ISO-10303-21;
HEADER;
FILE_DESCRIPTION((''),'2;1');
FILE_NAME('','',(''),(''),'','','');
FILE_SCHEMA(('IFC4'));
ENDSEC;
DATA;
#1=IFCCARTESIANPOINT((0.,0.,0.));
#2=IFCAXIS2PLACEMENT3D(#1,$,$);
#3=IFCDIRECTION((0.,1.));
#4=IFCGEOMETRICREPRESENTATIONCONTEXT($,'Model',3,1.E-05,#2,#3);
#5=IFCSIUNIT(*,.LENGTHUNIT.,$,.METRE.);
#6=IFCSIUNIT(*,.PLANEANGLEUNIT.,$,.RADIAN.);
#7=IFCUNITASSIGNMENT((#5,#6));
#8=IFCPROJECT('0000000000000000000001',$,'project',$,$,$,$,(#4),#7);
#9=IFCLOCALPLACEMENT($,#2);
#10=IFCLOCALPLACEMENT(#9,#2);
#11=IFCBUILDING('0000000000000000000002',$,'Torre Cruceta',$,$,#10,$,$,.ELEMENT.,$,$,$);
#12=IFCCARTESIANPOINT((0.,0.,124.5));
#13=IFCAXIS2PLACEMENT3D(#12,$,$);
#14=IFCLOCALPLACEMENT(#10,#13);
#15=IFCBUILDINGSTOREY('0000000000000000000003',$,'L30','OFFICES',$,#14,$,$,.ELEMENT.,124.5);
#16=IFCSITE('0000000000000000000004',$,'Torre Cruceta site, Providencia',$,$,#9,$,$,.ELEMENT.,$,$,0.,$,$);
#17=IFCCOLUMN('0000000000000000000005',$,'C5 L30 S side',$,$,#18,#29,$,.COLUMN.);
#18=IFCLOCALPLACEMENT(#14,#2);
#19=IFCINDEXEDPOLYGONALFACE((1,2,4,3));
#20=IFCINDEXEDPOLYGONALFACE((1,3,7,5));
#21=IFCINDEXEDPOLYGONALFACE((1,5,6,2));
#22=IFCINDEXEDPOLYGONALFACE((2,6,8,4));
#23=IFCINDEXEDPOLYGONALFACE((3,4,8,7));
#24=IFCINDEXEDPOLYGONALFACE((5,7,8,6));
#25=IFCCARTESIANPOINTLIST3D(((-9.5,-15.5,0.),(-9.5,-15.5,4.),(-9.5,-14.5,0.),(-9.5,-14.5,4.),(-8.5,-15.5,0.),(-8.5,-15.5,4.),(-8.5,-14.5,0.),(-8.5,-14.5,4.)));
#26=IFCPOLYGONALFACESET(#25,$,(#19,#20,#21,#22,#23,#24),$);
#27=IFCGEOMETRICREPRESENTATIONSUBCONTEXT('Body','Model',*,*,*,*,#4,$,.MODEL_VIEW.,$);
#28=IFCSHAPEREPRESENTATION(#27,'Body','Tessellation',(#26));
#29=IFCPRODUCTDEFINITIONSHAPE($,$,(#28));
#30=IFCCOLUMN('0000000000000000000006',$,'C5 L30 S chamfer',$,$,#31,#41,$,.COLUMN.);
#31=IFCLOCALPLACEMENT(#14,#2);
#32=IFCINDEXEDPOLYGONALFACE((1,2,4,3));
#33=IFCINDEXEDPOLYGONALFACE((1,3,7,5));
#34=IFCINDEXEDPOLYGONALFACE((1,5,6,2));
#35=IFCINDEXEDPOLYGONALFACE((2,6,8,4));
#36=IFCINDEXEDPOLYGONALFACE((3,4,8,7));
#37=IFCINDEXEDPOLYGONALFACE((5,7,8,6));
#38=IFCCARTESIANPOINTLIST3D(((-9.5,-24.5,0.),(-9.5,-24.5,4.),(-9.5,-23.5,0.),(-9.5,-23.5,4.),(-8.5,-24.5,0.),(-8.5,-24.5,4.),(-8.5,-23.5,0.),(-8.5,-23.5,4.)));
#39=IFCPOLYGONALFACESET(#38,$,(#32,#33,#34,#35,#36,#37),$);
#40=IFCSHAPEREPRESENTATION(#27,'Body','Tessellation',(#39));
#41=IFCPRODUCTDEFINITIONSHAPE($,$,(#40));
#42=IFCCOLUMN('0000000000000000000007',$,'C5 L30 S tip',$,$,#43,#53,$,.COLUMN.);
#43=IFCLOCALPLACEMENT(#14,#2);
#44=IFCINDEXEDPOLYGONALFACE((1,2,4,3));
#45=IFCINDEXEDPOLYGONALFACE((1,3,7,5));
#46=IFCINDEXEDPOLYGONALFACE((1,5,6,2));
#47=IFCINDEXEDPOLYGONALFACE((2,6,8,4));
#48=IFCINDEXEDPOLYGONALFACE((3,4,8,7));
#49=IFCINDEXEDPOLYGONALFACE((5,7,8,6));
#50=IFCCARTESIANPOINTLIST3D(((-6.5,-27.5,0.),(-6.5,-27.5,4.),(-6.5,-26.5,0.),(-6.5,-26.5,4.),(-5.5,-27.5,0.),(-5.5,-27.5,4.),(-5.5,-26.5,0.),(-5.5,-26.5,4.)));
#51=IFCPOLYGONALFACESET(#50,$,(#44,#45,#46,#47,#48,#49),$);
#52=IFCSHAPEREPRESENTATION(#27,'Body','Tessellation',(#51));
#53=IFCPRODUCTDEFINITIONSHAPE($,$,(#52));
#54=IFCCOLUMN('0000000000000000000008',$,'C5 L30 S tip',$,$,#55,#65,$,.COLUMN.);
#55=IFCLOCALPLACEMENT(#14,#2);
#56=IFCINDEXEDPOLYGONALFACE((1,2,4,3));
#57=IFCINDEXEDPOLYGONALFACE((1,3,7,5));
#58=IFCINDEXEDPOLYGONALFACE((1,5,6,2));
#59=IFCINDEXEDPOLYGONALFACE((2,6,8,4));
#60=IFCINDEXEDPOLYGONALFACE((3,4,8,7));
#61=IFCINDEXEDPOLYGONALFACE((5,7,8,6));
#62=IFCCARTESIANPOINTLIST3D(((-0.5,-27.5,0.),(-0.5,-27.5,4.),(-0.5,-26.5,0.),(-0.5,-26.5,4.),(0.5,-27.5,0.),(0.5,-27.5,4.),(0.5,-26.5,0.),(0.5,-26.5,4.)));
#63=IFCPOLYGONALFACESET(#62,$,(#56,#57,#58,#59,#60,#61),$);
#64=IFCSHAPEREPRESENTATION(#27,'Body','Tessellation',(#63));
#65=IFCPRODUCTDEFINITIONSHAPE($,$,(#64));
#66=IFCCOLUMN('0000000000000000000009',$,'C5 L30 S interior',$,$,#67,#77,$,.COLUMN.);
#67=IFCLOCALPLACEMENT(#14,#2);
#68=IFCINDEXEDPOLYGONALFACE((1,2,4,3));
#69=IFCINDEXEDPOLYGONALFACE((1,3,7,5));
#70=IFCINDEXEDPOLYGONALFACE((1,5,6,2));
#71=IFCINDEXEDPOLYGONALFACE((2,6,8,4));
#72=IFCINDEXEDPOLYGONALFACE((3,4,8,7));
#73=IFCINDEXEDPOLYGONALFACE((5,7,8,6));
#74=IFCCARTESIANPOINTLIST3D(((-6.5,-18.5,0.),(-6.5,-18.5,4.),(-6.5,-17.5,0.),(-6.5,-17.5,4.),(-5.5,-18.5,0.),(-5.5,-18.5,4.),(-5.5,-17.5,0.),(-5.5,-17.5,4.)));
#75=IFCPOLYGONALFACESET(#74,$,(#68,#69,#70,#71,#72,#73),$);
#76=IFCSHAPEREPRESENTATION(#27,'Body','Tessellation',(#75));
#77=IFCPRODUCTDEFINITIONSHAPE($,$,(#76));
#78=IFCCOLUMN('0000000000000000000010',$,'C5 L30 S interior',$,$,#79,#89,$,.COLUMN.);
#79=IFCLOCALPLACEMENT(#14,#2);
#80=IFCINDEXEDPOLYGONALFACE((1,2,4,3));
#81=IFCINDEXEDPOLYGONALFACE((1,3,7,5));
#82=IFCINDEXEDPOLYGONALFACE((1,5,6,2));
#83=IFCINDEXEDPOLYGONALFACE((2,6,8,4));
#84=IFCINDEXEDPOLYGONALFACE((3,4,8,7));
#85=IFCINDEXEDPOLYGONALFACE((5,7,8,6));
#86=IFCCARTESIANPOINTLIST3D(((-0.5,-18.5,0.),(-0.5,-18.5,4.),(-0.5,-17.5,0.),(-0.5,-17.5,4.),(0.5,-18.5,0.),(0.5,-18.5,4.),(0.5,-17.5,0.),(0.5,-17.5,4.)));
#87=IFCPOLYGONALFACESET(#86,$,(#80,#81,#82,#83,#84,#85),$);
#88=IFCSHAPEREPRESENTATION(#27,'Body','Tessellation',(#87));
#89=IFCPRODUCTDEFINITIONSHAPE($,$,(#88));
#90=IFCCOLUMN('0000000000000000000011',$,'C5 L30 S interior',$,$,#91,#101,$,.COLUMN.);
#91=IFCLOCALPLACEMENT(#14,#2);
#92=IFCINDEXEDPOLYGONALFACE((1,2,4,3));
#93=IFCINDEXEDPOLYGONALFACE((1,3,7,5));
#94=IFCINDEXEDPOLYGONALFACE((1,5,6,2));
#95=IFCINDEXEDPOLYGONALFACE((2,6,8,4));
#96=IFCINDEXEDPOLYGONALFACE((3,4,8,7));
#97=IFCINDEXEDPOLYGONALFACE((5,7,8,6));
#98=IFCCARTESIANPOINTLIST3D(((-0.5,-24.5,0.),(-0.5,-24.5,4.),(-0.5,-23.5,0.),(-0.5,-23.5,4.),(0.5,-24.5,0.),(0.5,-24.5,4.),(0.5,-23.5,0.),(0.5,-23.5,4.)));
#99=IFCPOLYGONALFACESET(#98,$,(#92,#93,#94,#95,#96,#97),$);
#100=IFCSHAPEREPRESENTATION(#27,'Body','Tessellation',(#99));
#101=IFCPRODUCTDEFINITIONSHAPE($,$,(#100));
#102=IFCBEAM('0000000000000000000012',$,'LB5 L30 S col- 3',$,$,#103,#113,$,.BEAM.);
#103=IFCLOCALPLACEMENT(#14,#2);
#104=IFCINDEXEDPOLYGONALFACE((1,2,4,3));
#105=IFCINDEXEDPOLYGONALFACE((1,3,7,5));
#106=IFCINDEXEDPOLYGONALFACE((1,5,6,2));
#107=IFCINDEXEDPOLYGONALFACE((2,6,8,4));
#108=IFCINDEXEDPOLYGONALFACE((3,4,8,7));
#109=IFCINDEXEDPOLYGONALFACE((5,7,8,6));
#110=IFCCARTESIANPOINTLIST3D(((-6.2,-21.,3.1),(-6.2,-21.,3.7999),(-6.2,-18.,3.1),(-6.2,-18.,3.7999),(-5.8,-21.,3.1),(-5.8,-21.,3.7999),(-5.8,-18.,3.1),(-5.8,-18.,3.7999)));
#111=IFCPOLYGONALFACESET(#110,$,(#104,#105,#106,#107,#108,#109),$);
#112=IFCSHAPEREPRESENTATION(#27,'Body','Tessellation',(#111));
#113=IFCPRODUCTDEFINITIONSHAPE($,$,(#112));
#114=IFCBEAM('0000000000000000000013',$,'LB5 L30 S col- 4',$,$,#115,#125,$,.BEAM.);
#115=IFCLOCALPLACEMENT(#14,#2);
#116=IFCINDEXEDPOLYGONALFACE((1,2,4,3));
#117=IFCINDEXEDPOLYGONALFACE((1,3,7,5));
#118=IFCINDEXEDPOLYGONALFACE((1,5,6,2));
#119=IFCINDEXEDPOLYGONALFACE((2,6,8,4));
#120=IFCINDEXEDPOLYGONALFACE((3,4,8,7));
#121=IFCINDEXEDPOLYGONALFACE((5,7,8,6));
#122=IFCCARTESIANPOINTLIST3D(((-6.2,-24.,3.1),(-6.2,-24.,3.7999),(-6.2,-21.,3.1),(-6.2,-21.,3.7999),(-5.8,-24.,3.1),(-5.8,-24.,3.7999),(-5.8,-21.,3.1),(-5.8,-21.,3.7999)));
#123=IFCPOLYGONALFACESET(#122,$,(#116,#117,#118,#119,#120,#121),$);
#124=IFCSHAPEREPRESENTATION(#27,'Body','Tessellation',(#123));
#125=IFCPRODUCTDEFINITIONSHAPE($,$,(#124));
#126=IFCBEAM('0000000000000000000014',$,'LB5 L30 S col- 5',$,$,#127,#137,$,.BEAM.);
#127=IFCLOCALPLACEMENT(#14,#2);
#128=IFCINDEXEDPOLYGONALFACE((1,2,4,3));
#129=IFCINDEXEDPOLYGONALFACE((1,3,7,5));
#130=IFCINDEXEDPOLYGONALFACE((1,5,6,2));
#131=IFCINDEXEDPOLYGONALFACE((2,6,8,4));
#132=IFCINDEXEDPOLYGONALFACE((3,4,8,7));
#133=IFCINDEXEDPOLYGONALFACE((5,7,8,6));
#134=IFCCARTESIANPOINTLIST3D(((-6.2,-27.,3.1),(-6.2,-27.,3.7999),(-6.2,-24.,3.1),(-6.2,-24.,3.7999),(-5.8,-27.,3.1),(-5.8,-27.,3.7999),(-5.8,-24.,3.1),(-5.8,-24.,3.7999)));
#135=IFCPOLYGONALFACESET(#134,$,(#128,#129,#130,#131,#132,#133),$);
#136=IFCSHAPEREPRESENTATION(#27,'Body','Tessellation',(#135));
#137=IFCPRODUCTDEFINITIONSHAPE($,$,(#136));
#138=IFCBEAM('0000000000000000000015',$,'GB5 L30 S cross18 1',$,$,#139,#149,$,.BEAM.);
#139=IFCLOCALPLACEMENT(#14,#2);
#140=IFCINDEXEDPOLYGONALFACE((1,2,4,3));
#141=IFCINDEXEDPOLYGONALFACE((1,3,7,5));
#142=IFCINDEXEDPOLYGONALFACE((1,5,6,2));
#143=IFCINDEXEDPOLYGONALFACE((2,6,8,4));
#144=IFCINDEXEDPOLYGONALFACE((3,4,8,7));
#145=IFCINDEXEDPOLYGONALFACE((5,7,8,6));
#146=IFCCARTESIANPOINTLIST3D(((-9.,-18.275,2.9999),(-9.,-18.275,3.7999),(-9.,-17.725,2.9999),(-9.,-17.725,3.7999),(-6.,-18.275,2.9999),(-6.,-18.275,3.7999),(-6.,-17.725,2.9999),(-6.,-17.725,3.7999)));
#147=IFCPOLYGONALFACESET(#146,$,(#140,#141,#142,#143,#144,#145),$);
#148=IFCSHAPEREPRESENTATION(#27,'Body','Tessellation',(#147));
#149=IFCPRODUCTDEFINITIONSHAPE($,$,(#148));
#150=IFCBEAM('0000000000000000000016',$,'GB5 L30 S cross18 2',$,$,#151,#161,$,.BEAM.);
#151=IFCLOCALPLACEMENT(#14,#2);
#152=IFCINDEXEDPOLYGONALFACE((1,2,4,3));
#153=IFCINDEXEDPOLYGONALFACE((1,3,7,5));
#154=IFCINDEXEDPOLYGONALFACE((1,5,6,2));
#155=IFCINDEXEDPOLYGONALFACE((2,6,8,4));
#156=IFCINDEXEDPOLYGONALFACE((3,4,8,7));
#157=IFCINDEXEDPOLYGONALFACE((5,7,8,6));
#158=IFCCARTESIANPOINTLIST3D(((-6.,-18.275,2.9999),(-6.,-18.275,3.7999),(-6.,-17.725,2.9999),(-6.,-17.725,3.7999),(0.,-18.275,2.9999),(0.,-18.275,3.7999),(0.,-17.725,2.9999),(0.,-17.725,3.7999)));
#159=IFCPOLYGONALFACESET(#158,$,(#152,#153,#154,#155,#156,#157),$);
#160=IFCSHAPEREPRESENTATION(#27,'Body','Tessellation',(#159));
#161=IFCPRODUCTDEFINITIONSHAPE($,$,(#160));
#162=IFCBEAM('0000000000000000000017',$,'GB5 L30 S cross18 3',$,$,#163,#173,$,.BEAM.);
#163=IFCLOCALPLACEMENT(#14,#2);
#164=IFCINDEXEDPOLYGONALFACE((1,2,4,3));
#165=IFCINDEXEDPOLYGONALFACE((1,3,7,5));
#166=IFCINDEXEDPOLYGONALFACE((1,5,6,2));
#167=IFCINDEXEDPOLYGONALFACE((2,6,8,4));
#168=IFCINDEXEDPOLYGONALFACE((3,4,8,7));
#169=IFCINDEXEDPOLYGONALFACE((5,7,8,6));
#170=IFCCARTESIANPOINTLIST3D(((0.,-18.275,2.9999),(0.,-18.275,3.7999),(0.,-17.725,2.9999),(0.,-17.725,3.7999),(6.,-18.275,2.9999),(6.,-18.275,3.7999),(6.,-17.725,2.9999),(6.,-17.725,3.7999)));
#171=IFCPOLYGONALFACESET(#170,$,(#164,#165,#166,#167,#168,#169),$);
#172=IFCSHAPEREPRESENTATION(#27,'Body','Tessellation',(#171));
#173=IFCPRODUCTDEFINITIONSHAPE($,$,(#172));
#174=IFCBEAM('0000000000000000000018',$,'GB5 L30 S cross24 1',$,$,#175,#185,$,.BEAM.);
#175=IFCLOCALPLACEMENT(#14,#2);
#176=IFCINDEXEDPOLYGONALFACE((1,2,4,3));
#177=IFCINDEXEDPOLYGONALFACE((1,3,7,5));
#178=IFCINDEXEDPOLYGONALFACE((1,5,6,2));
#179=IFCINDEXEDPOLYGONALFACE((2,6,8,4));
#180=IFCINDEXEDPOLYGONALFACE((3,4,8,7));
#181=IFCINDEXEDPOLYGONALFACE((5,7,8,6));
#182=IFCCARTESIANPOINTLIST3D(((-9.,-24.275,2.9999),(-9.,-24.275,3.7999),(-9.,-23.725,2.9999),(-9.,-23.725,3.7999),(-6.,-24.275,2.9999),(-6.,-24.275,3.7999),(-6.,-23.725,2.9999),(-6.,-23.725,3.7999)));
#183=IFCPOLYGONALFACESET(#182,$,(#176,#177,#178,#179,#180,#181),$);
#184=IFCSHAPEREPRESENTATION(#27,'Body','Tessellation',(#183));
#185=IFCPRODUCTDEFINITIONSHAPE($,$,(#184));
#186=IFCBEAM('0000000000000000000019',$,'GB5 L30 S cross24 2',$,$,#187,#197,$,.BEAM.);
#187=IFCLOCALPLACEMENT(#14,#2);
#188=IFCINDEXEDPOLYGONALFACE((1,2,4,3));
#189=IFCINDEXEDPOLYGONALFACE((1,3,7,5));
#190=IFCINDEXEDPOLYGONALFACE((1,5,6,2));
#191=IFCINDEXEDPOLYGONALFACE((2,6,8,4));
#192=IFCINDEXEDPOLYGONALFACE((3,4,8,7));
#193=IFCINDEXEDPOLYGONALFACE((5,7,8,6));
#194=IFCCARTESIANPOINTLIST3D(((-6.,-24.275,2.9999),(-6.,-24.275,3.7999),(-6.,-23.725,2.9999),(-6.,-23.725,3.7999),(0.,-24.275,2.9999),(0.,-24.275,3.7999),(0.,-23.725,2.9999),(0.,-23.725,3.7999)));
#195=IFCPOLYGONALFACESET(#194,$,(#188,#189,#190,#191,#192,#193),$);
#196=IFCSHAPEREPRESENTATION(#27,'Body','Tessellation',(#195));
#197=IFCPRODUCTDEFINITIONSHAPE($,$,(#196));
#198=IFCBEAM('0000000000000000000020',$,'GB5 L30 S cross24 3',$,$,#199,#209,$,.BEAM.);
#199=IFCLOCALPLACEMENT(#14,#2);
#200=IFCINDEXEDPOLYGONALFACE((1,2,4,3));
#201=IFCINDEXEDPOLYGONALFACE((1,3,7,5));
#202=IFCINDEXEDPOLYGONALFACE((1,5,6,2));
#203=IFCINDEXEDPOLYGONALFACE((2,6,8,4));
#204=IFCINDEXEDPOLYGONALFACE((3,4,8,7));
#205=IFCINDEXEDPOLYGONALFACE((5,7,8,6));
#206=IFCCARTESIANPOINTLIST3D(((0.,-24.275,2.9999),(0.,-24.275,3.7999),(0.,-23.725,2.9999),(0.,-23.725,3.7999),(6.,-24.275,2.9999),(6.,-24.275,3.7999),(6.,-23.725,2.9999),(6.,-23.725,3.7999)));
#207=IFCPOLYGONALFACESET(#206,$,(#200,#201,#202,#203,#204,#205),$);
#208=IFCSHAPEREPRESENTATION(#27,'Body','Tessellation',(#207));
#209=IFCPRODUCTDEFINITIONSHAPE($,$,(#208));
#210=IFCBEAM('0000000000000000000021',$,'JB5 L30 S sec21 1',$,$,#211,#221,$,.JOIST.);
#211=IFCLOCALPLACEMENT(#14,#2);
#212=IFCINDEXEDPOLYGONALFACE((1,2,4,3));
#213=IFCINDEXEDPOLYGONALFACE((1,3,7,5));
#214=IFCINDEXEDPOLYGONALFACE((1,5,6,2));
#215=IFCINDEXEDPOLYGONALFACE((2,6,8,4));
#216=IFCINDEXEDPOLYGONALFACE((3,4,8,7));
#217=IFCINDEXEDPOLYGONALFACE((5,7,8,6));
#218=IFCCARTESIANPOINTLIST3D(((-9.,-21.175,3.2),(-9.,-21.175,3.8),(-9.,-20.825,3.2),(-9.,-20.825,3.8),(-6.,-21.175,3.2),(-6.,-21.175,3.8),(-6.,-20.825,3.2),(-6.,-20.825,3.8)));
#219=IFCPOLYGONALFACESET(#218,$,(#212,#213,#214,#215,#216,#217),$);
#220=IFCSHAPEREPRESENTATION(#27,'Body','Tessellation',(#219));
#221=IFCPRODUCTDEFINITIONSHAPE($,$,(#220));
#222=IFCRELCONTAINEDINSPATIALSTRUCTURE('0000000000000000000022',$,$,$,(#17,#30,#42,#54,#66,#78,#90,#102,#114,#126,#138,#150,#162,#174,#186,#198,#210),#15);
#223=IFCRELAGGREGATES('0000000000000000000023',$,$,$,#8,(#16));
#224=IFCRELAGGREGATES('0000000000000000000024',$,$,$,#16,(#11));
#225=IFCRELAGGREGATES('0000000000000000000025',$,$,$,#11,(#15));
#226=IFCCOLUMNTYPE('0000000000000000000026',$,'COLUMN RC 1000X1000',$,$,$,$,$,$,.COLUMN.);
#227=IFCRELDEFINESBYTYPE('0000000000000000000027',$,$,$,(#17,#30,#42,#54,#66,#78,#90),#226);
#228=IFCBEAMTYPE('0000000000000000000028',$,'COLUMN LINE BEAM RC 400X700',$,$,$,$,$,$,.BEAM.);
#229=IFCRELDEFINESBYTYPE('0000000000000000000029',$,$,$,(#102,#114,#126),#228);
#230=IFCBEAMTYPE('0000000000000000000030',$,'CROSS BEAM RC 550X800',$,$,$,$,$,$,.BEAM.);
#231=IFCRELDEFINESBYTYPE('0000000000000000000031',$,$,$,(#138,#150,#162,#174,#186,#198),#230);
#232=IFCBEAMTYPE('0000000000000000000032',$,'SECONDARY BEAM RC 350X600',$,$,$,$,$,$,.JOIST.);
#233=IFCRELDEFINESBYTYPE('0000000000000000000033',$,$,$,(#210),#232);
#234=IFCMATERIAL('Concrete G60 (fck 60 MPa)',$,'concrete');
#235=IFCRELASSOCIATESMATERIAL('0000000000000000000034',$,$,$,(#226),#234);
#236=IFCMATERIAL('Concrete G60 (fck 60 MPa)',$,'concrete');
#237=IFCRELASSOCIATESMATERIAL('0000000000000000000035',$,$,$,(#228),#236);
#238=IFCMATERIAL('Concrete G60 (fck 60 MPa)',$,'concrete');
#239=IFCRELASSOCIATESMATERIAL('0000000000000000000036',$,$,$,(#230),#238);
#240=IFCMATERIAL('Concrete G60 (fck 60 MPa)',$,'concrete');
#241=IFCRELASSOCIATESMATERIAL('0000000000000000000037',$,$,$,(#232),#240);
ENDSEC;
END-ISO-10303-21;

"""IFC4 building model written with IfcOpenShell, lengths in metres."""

from ifc_helpers import new_model, si_unit, direction, frame, origin, origin_2d, place, context, subcontext, project, spatial, rectangle, extrude, material, material_profile, profile_set, type_object, element, save


model = new_model("IFC4")

# Units and contexts
model_context = context("Model", 3, precision=1e-05, world=origin(), true_north=direction((0.0, 1.0)))
body_context = subcontext(model_context, "Body", "Model", "MODEL_VIEW")
ifc_project = project(units=[si_unit("LENGTHUNIT", "METRE"), si_unit("PLANEANGLEUNIT", "RADIAN")], contexts=[model_context])

# Site, building, storey
site_placement = place(None, origin())
site = spatial("IfcSite", under=ifc_project, at=site_placement, Name="Torre Cruceta site, Providencia", CompositionType="ELEMENT", RefElevation=0.0)
building_placement = place(site_placement, origin())
building = spatial("IfcBuilding", under=site, at=building_placement, Name="Torre Cruceta", CompositionType="ELEMENT")
storey_placement = place(building_placement, frame((0.0, 0.0, 124.5)))
storey = spatial("IfcBuildingStorey", under=building, at=storey_placement, Name="L30", Description="OFFICES", CompositionType="ELEMENT", Elevation=124.5)

# Columns
ifc_material_1 = material(Name="Concrete G60 (fck 60 MPa)", Category="concrete")
ifc_material_profile_1 = material_profile(ifc_material_1, rectangle(XDim=1.0, YDim=1.0, at=origin_2d()), Name="RC 1000X1000")
ifc_profile_set_1 = profile_set([ifc_material_profile_1], Name="Concrete G60 (fck 60 MPa)")
column_type = type_object("IfcColumnType", Name="COLUMN RC 1000X1000", PredefinedType="COLUMN", material=ifc_profile_set_1)
for number, where, z_axis, x_axis, name in (
    (1, (-9.0, -15.0, 0.0), (0.0, 0.0, 1.0), (1.0, 0.0, 0.0), "C5 L30 S side"),
    (2, (-9.0, -24.0, 0.0), (0.0, 0.0, 1.0), (1.0, 0.0, 0.0), "C5 L30 S chamfer"),
    (3, (-6.0, -27.0, 0.0), (0.0, 0.0, 1.0), (1.0, 0.0, 0.0), "C5 L30 S tip"),
    (4, (0.0, -27.0, 0.0), (0.0, 0.0, 1.0), (1.0, 0.0, 0.0), "C5 L30 S tip"),
    (5, (-6.0, -18.0, 0.0), (0.0, 0.0, 1.0), (1.0, 0.0, 0.0), "C5 L30 S interior"),
    (6, (0.0, -18.0, 0.0), (0.0, 0.0, 1.0), (1.0, 0.0, 0.0), "C5 L30 S interior"),
    (7, (0.0, -24.0, 0.0), (0.0, 0.0, 1.0), (1.0, 0.0, 0.0), "C5 L30 S interior"),
):
    element("IfcColumn", number, at=place(storey_placement, frame(where, z_axis=z_axis, x_axis=x_axis)), inside=storey, type_object=column_type, Name=name, PredefinedType="COLUMN", context=body_context, shape_type="SweptSolid", body=[
        extrude(rectangle(XDim=1.0, YDim=1.0, at=origin_2d()), origin(), (0.0, 0.0, 1.0), 4.0),
    ])

# Beams
ifc_material_2 = material(Name="Concrete G60 (fck 60 MPa)", Category="concrete")
ifc_material_profile_2 = material_profile(ifc_material_2, rectangle(XDim=0.3999, YDim=0.7, at=origin_2d()), Name="RC 400X700")
ifc_profile_set_2 = profile_set([ifc_material_profile_2], Name="Concrete G60 (fck 60 MPa)")
beam_type_1 = type_object("IfcBeamType", Name="COLUMN LINE BEAM RC 400X700", PredefinedType="BEAM", material=ifc_profile_set_2)
for number, where, z_axis, x_axis, name in (
    (8, (-6.0, -18.0, 3.45), (0.0, -1.0, 0.0), (1.0, 0.0, 0.0), "LB5 L30 S col- 3"),
    (9, (-6.0, -21.0, 3.45), (0.0, -1.0, 0.0), (1.0, 0.0, 0.0), "LB5 L30 S col- 4"),
    (10, (-6.0, -24.0, 3.45), (0.0, -1.0, 0.0), (1.0, 0.0, 0.0), "LB5 L30 S col- 5"),
):
    element("IfcBeam", number, at=place(storey_placement, frame(where, z_axis=z_axis, x_axis=x_axis)), inside=storey, type_object=beam_type_1, Name=name, PredefinedType="BEAM", context=body_context, shape_type="SweptSolid", body=[
        extrude(rectangle(XDim=0.3999, YDim=0.7, at=origin_2d()), origin(), (0.0, 0.0, 1.0), 3.0),
    ])
ifc_material_3 = material(Name="Concrete G60 (fck 60 MPa)", Category="concrete")
ifc_material_profile_3 = material_profile(ifc_material_3, rectangle(XDim=0.55, YDim=0.8, at=origin_2d()), Name="RC 550X800")
ifc_profile_set_3 = profile_set([ifc_material_profile_3], Name="Concrete G60 (fck 60 MPa)")
beam_type_2 = type_object("IfcBeamType", Name="CROSS BEAM RC 550X800", PredefinedType="BEAM", material=ifc_profile_set_3)
beam_1_placement = place(storey_placement, frame((-9.0, -18.0, 3.3999), z_axis=(1.0, 0.0, 0.0), x_axis=(0.0, 1.0, 0.0)))
element("IfcBeam", 11, at=beam_1_placement, inside=storey, type_object=beam_type_2, Name="GB5 L30 S cross18 1", PredefinedType="BEAM", context=body_context, shape_type="SweptSolid", body=[
    extrude(rectangle(XDim=0.55, YDim=0.8, at=origin_2d()), origin(), (0.0, 0.0, 1.0), 3.0),
])
for number, where, z_axis, x_axis, name in (
    (12, (-6.0, -18.0, 3.3999), (1.0, 0.0, 0.0), (0.0, 1.0, 0.0), "GB5 L30 S cross18 2"),
    (13, (0.0, -18.0, 3.3999), (1.0, 0.0, 0.0), (0.0, 1.0, 0.0), "GB5 L30 S cross18 3"),
):
    element("IfcBeam", number, at=place(storey_placement, frame(where, z_axis=z_axis, x_axis=x_axis)), inside=storey, type_object=beam_type_2, Name=name, PredefinedType="BEAM", context=body_context, shape_type="SweptSolid", body=[
        extrude(rectangle(XDim=0.55, YDim=0.8, at=origin_2d()), origin(), (0.0, 0.0, 1.0), 6.0),
    ])
beam_2_placement = place(storey_placement, frame((-9.0, -24.0, 3.3999), z_axis=(1.0, 0.0, 0.0), x_axis=(0.0, 1.0, 0.0)))
element("IfcBeam", 14, at=beam_2_placement, inside=storey, type_object=beam_type_2, Name="GB5 L30 S cross24 1", PredefinedType="BEAM", context=body_context, shape_type="SweptSolid", body=[
    extrude(rectangle(XDim=0.55, YDim=0.8, at=origin_2d()), origin(), (0.0, 0.0, 1.0), 3.0),
])
for number, where, z_axis, x_axis, name in (
    (15, (-6.0, -24.0, 3.3999), (1.0, 0.0, 0.0), (0.0, 1.0, 0.0), "GB5 L30 S cross24 2"),
    (16, (0.0, -24.0, 3.3999), (1.0, 0.0, 0.0), (0.0, 1.0, 0.0), "GB5 L30 S cross24 3"),
):
    element("IfcBeam", number, at=place(storey_placement, frame(where, z_axis=z_axis, x_axis=x_axis)), inside=storey, type_object=beam_type_2, Name=name, PredefinedType="BEAM", context=body_context, shape_type="SweptSolid", body=[
        extrude(rectangle(XDim=0.55, YDim=0.8, at=origin_2d()), origin(), (0.0, 0.0, 1.0), 6.0),
    ])
ifc_material_4 = material(Name="Concrete G60 (fck 60 MPa)", Category="concrete")
ifc_material_profile_4 = material_profile(ifc_material_4, rectangle(XDim=0.3501, YDim=0.6001, at=origin_2d()), Name="RC 350X600")
ifc_profile_set_4 = profile_set([ifc_material_profile_4], Name="Concrete G60 (fck 60 MPa)")
beam_type_3 = type_object("IfcBeamType", Name="SECONDARY BEAM RC 350X600", PredefinedType="JOIST", material=ifc_profile_set_4)
beam_3_placement = place(storey_placement, frame((-9.0, -21.0, 3.5), z_axis=(1.0, 0.0, 0.0), x_axis=(0.0, 1.0, 0.0)))
element("IfcBeam", 17, at=beam_3_placement, inside=storey, type_object=beam_type_3, Name="JB5 L30 S sec21 1", PredefinedType="JOIST", context=body_context, shape_type="SweptSolid", body=[
    extrude(rectangle(XDim=0.3501, YDim=0.6001, at=origin_2d()), origin(), (0.0, 0.0, 1.0), 3.0),
])

save(model, "model.ifc")
